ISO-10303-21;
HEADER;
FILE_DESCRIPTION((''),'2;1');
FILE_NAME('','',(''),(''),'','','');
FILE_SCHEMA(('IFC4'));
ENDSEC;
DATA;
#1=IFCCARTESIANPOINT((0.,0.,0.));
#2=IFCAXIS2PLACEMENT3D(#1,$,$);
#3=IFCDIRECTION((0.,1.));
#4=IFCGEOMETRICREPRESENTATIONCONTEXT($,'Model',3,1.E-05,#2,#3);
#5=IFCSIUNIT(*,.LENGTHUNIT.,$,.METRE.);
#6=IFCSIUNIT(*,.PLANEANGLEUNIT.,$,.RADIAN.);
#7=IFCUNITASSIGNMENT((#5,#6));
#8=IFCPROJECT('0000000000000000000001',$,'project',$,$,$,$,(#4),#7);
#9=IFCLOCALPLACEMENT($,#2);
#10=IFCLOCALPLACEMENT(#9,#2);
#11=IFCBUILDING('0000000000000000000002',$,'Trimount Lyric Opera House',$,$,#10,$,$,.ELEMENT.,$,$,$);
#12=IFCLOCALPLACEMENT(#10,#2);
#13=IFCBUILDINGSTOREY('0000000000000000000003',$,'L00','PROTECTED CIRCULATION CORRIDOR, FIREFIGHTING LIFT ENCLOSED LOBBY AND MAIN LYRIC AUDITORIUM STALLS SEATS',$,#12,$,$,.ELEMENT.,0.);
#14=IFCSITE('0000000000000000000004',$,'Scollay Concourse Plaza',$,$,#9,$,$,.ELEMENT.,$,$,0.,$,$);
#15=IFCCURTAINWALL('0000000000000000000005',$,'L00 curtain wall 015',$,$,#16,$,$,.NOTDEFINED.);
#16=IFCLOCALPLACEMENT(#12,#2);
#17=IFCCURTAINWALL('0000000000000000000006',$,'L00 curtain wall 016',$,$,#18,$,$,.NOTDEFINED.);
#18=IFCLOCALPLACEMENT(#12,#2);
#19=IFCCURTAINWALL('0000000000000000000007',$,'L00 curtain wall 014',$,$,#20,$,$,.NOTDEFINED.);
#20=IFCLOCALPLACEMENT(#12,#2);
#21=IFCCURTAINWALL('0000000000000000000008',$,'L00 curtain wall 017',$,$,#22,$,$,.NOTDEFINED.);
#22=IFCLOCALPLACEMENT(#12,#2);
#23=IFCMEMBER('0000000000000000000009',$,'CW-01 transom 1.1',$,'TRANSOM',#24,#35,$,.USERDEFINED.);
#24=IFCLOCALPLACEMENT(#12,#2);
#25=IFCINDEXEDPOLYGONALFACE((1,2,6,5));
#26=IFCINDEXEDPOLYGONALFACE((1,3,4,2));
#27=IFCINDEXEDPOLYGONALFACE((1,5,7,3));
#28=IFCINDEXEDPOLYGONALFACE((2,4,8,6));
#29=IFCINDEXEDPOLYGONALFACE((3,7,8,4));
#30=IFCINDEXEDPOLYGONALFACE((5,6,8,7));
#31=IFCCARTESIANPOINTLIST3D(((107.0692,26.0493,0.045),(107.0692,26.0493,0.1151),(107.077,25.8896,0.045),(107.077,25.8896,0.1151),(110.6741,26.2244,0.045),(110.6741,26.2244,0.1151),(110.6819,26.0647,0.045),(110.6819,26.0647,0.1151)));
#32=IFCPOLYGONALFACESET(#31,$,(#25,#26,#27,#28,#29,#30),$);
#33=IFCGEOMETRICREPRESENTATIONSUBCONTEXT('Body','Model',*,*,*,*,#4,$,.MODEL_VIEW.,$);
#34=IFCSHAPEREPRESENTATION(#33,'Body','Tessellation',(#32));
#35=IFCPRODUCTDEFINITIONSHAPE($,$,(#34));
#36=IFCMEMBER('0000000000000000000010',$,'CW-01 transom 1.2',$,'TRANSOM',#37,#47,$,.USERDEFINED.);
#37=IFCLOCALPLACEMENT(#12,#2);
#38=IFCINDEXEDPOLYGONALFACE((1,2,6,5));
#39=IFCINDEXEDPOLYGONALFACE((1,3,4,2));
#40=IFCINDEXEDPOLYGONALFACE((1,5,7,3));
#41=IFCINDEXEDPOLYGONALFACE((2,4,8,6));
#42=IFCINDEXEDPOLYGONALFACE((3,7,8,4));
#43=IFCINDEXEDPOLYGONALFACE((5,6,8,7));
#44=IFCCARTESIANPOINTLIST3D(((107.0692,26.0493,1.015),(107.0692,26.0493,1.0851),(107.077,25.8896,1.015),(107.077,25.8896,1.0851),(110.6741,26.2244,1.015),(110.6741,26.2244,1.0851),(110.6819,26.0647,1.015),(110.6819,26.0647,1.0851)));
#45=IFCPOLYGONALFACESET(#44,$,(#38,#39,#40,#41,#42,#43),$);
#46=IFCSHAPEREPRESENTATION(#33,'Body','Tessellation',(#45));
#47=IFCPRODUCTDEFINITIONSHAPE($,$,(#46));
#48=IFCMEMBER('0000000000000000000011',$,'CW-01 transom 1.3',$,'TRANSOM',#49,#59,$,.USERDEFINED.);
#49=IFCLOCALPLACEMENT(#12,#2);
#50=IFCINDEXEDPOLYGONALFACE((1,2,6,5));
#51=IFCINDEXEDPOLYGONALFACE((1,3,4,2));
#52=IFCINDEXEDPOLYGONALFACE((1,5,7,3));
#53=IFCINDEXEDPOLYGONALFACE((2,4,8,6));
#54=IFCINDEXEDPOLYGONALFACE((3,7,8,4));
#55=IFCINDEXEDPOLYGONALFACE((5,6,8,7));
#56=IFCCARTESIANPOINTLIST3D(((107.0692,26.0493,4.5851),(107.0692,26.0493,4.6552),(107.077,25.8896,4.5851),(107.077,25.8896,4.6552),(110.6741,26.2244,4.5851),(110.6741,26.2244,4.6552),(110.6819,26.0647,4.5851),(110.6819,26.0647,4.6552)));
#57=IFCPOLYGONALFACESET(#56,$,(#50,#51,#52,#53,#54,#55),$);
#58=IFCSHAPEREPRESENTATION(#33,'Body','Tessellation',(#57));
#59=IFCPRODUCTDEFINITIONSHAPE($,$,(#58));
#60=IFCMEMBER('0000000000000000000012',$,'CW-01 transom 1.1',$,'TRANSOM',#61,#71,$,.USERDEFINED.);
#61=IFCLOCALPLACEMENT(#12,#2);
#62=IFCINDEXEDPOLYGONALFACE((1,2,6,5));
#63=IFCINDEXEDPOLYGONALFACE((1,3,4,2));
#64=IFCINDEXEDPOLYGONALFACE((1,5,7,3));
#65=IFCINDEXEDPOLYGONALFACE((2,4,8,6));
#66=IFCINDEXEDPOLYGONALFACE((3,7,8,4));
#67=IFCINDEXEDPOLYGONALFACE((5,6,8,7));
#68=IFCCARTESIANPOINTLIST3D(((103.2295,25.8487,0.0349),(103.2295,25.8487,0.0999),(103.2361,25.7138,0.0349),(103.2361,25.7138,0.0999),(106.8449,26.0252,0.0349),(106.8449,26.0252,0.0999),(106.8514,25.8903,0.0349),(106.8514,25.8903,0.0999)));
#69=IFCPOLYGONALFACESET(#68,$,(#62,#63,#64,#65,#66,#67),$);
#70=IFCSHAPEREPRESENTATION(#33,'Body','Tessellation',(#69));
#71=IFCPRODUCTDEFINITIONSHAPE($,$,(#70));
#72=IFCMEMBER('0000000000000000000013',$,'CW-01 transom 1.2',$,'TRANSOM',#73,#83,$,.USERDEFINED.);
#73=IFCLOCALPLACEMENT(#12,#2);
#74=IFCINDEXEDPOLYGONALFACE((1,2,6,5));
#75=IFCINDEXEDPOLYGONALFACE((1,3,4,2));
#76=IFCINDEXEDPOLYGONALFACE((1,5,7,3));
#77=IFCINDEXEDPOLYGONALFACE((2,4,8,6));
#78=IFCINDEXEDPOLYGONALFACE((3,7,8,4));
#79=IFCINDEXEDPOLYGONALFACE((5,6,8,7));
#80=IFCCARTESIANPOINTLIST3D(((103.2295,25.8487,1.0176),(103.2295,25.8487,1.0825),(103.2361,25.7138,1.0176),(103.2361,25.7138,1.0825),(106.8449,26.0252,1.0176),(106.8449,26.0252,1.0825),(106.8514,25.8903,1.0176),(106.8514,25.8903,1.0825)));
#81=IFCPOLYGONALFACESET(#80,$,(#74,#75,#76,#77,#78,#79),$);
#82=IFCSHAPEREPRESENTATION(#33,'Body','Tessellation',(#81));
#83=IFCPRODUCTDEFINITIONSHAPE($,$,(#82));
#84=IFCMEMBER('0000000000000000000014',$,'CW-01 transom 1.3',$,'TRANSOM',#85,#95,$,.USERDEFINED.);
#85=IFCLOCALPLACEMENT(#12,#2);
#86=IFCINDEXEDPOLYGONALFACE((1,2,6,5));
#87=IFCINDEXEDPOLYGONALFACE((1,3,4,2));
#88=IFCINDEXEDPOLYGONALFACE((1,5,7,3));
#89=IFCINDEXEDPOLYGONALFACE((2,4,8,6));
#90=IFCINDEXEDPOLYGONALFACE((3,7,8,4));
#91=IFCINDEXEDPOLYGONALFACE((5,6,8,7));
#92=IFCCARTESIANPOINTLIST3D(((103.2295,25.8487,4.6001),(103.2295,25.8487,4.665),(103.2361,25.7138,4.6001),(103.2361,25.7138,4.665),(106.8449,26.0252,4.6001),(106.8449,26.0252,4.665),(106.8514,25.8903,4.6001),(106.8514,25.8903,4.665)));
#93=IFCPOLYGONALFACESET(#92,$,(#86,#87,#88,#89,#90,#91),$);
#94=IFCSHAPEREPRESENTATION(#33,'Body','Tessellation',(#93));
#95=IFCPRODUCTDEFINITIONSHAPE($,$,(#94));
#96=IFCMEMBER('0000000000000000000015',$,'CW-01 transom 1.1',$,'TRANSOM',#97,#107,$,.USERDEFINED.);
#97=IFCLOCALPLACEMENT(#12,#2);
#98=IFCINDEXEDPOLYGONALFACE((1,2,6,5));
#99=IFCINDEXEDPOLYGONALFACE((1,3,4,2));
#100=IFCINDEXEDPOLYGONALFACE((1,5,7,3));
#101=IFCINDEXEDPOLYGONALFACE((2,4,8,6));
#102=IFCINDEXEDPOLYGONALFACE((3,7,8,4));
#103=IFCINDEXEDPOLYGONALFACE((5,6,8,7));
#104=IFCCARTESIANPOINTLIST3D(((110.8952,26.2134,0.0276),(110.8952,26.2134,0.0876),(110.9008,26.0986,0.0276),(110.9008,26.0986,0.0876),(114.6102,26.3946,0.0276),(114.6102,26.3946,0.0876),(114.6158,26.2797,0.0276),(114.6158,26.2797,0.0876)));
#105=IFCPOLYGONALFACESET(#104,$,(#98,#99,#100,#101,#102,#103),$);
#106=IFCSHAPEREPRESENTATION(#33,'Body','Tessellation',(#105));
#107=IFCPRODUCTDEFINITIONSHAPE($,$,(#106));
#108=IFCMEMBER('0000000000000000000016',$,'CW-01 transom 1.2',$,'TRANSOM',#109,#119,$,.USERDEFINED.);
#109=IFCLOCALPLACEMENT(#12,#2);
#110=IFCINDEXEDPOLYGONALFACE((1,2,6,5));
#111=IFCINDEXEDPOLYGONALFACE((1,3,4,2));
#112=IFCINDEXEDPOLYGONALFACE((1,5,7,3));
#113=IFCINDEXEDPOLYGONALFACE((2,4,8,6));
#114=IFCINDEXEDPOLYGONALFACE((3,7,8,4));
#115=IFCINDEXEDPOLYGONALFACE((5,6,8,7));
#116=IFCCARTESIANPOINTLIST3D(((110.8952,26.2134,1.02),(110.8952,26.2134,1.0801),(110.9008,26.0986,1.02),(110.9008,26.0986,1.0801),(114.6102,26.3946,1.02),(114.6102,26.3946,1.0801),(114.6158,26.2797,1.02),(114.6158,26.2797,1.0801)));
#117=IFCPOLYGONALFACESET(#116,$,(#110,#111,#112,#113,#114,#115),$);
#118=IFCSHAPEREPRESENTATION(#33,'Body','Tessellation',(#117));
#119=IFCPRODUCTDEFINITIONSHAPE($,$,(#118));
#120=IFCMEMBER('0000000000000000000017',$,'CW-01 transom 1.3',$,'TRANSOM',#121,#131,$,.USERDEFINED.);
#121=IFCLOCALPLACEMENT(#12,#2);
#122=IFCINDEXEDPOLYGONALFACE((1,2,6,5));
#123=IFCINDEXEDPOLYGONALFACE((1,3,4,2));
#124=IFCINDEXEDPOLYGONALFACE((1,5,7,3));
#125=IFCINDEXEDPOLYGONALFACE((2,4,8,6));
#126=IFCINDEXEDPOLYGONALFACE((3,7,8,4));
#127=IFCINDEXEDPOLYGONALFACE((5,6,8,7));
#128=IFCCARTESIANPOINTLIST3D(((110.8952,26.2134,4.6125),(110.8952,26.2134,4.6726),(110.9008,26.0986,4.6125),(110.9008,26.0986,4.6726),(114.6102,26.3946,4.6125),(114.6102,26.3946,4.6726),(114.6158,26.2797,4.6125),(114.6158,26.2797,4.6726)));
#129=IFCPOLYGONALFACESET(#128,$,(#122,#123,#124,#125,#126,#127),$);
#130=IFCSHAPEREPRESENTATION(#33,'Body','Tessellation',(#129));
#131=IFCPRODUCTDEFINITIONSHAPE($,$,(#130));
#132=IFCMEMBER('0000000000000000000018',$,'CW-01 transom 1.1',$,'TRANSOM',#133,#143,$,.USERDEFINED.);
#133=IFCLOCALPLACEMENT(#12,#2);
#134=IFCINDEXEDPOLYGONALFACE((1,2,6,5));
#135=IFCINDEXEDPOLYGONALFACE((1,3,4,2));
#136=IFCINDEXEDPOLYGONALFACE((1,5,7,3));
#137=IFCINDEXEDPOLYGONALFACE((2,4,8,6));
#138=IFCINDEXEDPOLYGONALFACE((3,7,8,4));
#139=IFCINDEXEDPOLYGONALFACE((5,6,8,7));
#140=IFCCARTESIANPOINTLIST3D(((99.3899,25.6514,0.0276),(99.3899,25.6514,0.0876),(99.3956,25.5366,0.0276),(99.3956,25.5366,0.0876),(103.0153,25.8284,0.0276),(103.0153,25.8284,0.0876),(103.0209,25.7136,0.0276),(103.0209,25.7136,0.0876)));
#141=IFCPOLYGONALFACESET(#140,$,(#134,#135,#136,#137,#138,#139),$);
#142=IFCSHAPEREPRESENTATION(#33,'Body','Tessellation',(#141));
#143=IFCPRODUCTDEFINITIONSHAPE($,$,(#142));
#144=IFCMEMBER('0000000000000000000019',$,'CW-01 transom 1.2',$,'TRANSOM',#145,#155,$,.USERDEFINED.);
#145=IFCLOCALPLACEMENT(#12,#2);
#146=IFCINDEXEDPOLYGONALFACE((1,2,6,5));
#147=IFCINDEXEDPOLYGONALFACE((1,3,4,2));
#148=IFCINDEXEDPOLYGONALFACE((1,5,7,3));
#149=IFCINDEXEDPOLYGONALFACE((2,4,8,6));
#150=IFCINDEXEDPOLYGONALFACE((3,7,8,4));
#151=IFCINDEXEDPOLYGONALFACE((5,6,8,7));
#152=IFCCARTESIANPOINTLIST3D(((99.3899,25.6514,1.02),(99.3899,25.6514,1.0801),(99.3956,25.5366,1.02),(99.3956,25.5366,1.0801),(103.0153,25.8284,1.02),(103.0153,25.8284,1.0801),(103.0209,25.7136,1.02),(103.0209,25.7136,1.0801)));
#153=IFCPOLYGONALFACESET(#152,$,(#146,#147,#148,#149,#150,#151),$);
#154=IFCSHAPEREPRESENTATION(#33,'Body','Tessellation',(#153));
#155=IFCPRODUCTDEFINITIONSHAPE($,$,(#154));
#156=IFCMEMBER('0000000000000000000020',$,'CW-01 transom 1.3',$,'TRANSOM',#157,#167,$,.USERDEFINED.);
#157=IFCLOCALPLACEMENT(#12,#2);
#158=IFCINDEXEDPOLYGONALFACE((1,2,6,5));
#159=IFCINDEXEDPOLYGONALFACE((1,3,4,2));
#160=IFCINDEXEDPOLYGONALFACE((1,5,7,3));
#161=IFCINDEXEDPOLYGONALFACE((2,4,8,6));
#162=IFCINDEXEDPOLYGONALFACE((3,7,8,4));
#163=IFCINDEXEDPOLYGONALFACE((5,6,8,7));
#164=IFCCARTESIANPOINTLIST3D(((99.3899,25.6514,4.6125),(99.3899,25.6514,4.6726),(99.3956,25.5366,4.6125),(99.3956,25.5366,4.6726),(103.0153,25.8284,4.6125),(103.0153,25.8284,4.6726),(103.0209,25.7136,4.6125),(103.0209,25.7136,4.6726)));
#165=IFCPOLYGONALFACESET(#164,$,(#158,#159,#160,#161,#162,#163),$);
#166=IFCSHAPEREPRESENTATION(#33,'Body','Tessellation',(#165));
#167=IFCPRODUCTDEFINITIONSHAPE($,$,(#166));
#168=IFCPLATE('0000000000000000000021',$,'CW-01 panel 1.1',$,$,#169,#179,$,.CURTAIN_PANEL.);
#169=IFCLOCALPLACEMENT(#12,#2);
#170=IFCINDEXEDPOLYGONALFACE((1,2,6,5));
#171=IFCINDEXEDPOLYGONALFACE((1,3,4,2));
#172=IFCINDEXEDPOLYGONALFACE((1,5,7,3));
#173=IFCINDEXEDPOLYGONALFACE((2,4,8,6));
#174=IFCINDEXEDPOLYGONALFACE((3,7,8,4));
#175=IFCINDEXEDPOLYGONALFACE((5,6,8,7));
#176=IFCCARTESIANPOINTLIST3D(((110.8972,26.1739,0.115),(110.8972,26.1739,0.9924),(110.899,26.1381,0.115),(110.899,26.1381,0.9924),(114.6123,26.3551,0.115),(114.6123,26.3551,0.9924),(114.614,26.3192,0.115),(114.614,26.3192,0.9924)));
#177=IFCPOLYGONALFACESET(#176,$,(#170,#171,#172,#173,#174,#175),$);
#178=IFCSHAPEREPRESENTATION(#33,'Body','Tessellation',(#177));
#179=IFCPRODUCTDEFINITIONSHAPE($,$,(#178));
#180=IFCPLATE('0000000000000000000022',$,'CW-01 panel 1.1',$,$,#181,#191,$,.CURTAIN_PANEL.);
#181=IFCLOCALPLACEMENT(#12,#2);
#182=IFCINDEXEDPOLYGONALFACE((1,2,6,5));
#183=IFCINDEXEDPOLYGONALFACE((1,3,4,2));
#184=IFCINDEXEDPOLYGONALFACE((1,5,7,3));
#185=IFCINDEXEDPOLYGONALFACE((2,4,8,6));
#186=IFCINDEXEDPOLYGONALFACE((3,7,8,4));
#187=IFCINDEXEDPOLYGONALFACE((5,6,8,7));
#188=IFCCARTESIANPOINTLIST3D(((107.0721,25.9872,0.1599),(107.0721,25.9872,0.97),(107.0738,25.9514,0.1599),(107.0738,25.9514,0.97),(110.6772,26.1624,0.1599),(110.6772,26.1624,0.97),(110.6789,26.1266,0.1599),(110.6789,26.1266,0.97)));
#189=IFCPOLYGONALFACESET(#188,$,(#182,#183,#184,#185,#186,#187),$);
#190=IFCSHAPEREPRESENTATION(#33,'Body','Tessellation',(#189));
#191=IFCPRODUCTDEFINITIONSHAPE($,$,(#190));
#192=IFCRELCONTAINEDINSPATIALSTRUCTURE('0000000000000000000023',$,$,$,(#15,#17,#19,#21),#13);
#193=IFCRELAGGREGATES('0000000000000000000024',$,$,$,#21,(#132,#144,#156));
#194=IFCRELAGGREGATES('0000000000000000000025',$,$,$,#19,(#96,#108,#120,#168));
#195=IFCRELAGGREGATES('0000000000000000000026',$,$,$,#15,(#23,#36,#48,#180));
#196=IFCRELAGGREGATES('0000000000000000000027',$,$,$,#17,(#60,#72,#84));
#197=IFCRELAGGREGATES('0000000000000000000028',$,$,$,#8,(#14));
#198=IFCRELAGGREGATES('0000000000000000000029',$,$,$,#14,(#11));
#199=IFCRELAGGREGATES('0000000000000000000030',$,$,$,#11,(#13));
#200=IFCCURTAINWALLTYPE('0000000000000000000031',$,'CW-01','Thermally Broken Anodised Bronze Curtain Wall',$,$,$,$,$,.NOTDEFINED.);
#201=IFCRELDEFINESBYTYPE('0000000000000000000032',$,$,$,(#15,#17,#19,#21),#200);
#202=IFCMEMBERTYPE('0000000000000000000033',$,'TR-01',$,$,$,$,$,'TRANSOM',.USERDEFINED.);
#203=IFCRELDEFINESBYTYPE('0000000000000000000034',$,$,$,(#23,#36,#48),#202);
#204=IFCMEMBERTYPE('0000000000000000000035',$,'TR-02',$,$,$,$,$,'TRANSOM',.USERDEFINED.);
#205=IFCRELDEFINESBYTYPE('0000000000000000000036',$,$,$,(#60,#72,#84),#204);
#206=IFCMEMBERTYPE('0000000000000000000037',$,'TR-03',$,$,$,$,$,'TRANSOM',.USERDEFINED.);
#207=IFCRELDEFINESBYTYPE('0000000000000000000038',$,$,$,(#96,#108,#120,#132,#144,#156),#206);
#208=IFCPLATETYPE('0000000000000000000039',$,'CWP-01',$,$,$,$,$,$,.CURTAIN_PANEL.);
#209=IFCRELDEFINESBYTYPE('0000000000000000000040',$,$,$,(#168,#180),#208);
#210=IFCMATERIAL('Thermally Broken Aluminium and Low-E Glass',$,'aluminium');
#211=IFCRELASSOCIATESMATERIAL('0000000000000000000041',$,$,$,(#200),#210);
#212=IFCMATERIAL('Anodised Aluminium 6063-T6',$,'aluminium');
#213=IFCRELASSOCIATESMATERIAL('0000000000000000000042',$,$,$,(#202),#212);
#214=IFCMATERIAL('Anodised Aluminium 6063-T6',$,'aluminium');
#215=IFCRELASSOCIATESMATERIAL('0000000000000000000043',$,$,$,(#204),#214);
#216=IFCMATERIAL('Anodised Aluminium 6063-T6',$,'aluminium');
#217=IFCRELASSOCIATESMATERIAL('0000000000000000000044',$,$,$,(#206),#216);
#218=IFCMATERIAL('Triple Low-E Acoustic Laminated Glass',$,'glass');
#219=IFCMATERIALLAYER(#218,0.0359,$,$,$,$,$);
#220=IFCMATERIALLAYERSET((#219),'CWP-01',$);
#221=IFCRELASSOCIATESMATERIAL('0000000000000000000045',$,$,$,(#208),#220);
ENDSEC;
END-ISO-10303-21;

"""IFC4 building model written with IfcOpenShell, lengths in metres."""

from ifc_helpers import new_model, si_unit, direction, frame, origin, origin_2d, place, context, subcontext, project, spatial, rectangle, extrude, material, layer, layer_set, material_profile, profile_set, type_object, element, aggregate, save


model = new_model("IFC4")

# Units and contexts
model_context = context("Model", 3, precision=1e-05, world=origin(), true_north=direction((0.0, 1.0)))
body_context = subcontext(model_context, "Body", "Model", "MODEL_VIEW")
ifc_project = project(units=[si_unit("LENGTHUNIT", "METRE"), si_unit("PLANEANGLEUNIT", "RADIAN")], contexts=[model_context])

# Site, building, storey
site_placement = place(None, origin())
site = spatial("IfcSite", under=ifc_project, at=site_placement, Name="Scollay Concourse Plaza", CompositionType="ELEMENT", RefElevation=0.0)
building_placement = place(site_placement, origin())
building = spatial("IfcBuilding", under=site, at=building_placement, Name="Trimount Lyric Opera House", CompositionType="ELEMENT")
storey_placement = place(building_placement, origin())
storey = spatial("IfcBuildingStorey", under=building, at=storey_placement, Name="L00", Description="PROTECTED CIRCULATION CORRIDOR, FIREFIGHTING LIFT ENCLOSED LOBBY AND MAIN LYRIC AUDITORIUM STALLS SEATS", CompositionType="ELEMENT", Elevation=0.0)

# Curtain walls
ifc_material_1 = material(Name="Thermally Broken Aluminium and Low-E Glass", Category="aluminium")
curtain_wall_type = type_object("IfcCurtainWallType", Name="CW-01", Description="Thermally Broken Anodised Bronze Curtain Wall", PredefinedType="NOTDEFINED", material=ifc_material_1)
curtain_wall_1_placement = place(storey_placement, origin())
curtain_wall_1 = element("IfcCurtainWall", 1, at=curtain_wall_1_placement, inside=storey, type_object=curtain_wall_type, Name="L00 curtain wall 015", PredefinedType="NOTDEFINED")
curtain_wall_2_placement = place(storey_placement, origin())
curtain_wall_2 = element("IfcCurtainWall", 2, at=curtain_wall_2_placement, inside=storey, type_object=curtain_wall_type, Name="L00 curtain wall 016", PredefinedType="NOTDEFINED")
curtain_wall_3_placement = place(storey_placement, origin())
curtain_wall_3 = element("IfcCurtainWall", 3, at=curtain_wall_3_placement, inside=storey, type_object=curtain_wall_type, Name="L00 curtain wall 014", PredefinedType="NOTDEFINED")

# Curtain wall
curtain_wall_4_placement = place(storey_placement, origin())
curtain_wall_4 = element("IfcCurtainWall", 4, at=curtain_wall_4_placement, inside=storey, type_object=curtain_wall_type, Name="L00 curtain wall 017", PredefinedType="NOTDEFINED")

# Members
ifc_material_2 = material(Name="Anodised Aluminium 6063-T6", Category="aluminium")
ifc_material_profile_1 = material_profile(ifc_material_2, rectangle(XDim=0.1599, YDim=0.0701, at=origin_2d()), Name="ALU-TRAN-70X160")
ifc_profile_set_1 = profile_set([ifc_material_profile_1], Name="Anodised Aluminium 6063-T6")
member_type_1 = type_object("IfcMemberType", Name="TR-01", ElementType="TRANSOM", PredefinedType="USERDEFINED", material=ifc_profile_set_1)
member_1_placement = place(storey_placement, frame((110.678, 26.1445, 0.0801), z_axis=(-0.998823, -0.0485, 0.0), x_axis=(0.0485, -0.998823, 0.0)))
member_1 = element("IfcMember", 5, at=member_1_placement, type_object=member_type_1, Name="CW-01 transom 1.1", ObjectType="TRANSOM", PredefinedType="USERDEFINED", context=body_context, shape_type="SweptSolid", body=[
    extrude(rectangle(XDim=0.1599, YDim=0.0701, at=origin_2d()), origin(), (0.0, 0.0, 1.0), 3.6091),
])
member_2_placement = place(storey_placement, frame((110.678, 26.1445, 1.05), z_axis=(-0.998823, -0.0485, 0.0), x_axis=(0.0485, -0.998823, 0.0)))
member_2 = element("IfcMember", 6, at=member_2_placement, type_object=member_type_1, Name="CW-01 transom 1.2", ObjectType="TRANSOM", PredefinedType="USERDEFINED", context=body_context, shape_type="SweptSolid", body=[
    extrude(rectangle(XDim=0.1599, YDim=0.0701, at=origin_2d()), origin(), (0.0, 0.0, 1.0), 3.6091),
])
member_3_placement = place(storey_placement, frame((110.678, 26.1445, 4.6201), z_axis=(-0.998823, -0.0485, 0.0), x_axis=(0.0485, -0.998823, 0.0)))
member_3 = element("IfcMember", 7, at=member_3_placement, type_object=member_type_1, Name="CW-01 transom 1.3", ObjectType="TRANSOM", PredefinedType="USERDEFINED", context=body_context, shape_type="SweptSolid", body=[
    extrude(rectangle(XDim=0.1599, YDim=0.0701, at=origin_2d()), origin(), (0.0, 0.0, 1.0), 3.6091),
])
ifc_material_3 = material(Name="Anodised Aluminium 6063-T6", Category="aluminium")
ifc_material_profile_2 = material_profile(ifc_material_3, rectangle(XDim=0.135, YDim=0.0649, at=origin_2d()), Name="ALU-TRAN-65X135")
ifc_profile_set_2 = profile_set([ifc_material_profile_2], Name="Anodised Aluminium 6063-T6")
member_type_2 = type_object("IfcMemberType", Name="TR-02", ElementType="TRANSOM", PredefinedType="USERDEFINED", material=ifc_profile_set_2)
member_4_placement = place(storey_placement, frame((106.8481, 25.9578, 0.0674), z_axis=(-0.99881, -0.048767, 0.0), x_axis=(0.048767, -0.99881, 0.0)))
member_4 = element("IfcMember", 8, at=member_4_placement, type_object=member_type_2, Name="CW-01 transom 1.1", ObjectType="TRANSOM", PredefinedType="USERDEFINED", context=body_context, shape_type="SweptSolid", body=[
    extrude(rectangle(XDim=0.135, YDim=0.0649, at=origin_2d()), origin(), (0.0, 0.0, 1.0), 3.6196),
])
member_5_placement = place(storey_placement, frame((106.8481, 25.9578, 1.05), z_axis=(-0.99881, -0.048767, 0.0), x_axis=(0.048767, -0.99881, 0.0)))
member_5 = element("IfcMember", 9, at=member_5_placement, type_object=member_type_2, Name="CW-01 transom 1.2", ObjectType="TRANSOM", PredefinedType="USERDEFINED", context=body_context, shape_type="SweptSolid", body=[
    extrude(rectangle(XDim=0.135, YDim=0.0649, at=origin_2d()), origin(), (0.0, 0.0, 1.0), 3.6196),
])
member_6_placement = place(storey_placement, frame((106.8481, 25.9578, 4.6326), z_axis=(-0.99881, -0.048767, 0.0), x_axis=(0.048767, -0.99881, 0.0)))
member_6 = element("IfcMember", 10, at=member_6_placement, type_object=member_type_2, Name="CW-01 transom 1.3", ObjectType="TRANSOM", PredefinedType="USERDEFINED", context=body_context, shape_type="SweptSolid", body=[
    extrude(rectangle(XDim=0.135, YDim=0.0649, at=origin_2d()), origin(), (0.0, 0.0, 1.0), 3.6196),
])
ifc_material_4 = material(Name="Anodised Aluminium 6063-T6", Category="aluminium")
ifc_material_profile_3 = material_profile(ifc_material_4, rectangle(XDim=0.115, YDim=0.0601, at=origin_2d()), Name="ALU-TRAN-60X115")
ifc_profile_set_3 = profile_set([ifc_material_profile_3], Name="Anodised Aluminium 6063-T6")
member_type_3 = type_object("IfcMemberType", Name="TR-03", ElementType="TRANSOM", PredefinedType="USERDEFINED", material=ifc_profile_set_3)
member_7_placement = place(storey_placement, frame((114.613, 26.3372, 0.0576), z_axis=(-0.998813, -0.048703, 0.0), x_axis=(0.048703, -0.998813, 0.0)))
member_7 = element("IfcMember", 11, at=member_7_placement, type_object=member_type_3, Name="CW-01 transom 1.1", ObjectType="TRANSOM", PredefinedType="USERDEFINED", context=body_context, shape_type="SweptSolid", body=[
    extrude(rectangle(XDim=0.115, YDim=0.0601, at=origin_2d()), origin(), (0.0, 0.0, 1.0), 3.7195),
])
member_8_placement = place(storey_placement, frame((114.613, 26.3372, 1.05), z_axis=(-0.998813, -0.048703, 0.0), x_axis=(0.048703, -0.998813, 0.0)))
member_8 = element("IfcMember", 12, at=member_8_placement, type_object=member_type_3, Name="CW-01 transom 1.2", ObjectType="TRANSOM", PredefinedType="USERDEFINED", context=body_context, shape_type="SweptSolid", body=[
    extrude(rectangle(XDim=0.115, YDim=0.0601, at=origin_2d()), origin(), (0.0, 0.0, 1.0), 3.7195),
])
member_9_placement = place(storey_placement, frame((114.613, 26.3372, 4.6426), z_axis=(-0.998813, -0.048703, 0.0), x_axis=(0.048703, -0.998813, 0.0)))
member_9 = element("IfcMember", 13, at=member_9_placement, type_object=member_type_3, Name="CW-01 transom 1.3", ObjectType="TRANSOM", PredefinedType="USERDEFINED", context=body_context, shape_type="SweptSolid", body=[
    extrude(rectangle(XDim=0.115, YDim=0.0601, at=origin_2d()), origin(), (0.0, 0.0, 1.0), 3.7195),
])
member_10_placement = place(storey_placement, frame((103.0181, 25.771, 0.0576), z_axis=(-0.99881, -0.048767, 0.0), x_axis=(0.048767, -0.99881, 0.0)))
member_10 = element("IfcMember", 14, at=member_10_placement, type_object=member_type_3, Name="CW-01 transom 1.1", ObjectType="TRANSOM", PredefinedType="USERDEFINED", context=body_context, shape_type="SweptSolid", body=[
    extrude(rectangle(XDim=0.115, YDim=0.0601, at=origin_2d()), origin(), (0.0, 0.0, 1.0), 3.6296),
])
member_11_placement = place(storey_placement, frame((103.0181, 25.771, 1.05), z_axis=(-0.99881, -0.048767, 0.0), x_axis=(0.048767, -0.99881, 0.0)))
member_11 = element("IfcMember", 15, at=member_11_placement, type_object=member_type_3, Name="CW-01 transom 1.2", ObjectType="TRANSOM", PredefinedType="USERDEFINED", context=body_context, shape_type="SweptSolid", body=[
    extrude(rectangle(XDim=0.115, YDim=0.0601, at=origin_2d()), origin(), (0.0, 0.0, 1.0), 3.6296),
])
member_12_placement = place(storey_placement, frame((103.0181, 25.771, 4.6426), z_axis=(-0.99881, -0.048767, 0.0), x_axis=(0.048767, -0.99881, 0.0)))
member_12 = element("IfcMember", 16, at=member_12_placement, type_object=member_type_3, Name="CW-01 transom 1.3", ObjectType="TRANSOM", PredefinedType="USERDEFINED", context=body_context, shape_type="SweptSolid", body=[
    extrude(rectangle(XDim=0.115, YDim=0.0601, at=origin_2d()), origin(), (0.0, 0.0, 1.0), 3.6296),
])
aggregate(curtain_wall_4, [member_10, member_11, member_12])

# Plates
ifc_material_5 = material(Name="Triple Low-E Acoustic Laminated Glass", Category="glass")
ifc_layer_1 = layer(ifc_material_5, 0.0359)
ifc_layer_set_1 = layer_set([ifc_layer_1], Name="CWP-01")
plate_type_1 = type_object("IfcPlateType", Name="CWP-01", PredefinedType="CURTAIN_PANEL", material=ifc_layer_set_1)
plate_1_placement = place(storey_placement, frame((112.7556, 26.2466, 0.115), z_axis=(0.0, 0.0, 1.0), x_axis=(-0.998813, -0.048704, 0.0)))
plate_1 = element("IfcPlate", 17, at=plate_1_placement, type_object=plate_type_1, Name="CW-01 panel 1.1", PredefinedType="CURTAIN_PANEL", context=body_context, shape_type="SweptSolid", body=[
    extrude(rectangle(XDim=3.7195, YDim=0.0359, at=origin_2d()), origin(), (0.0, 0.0, 1.0), 0.8774),
])
plate_2_placement = place(storey_placement, frame((108.8755, 26.0569, 0.1599), z_axis=(0.0, 0.0, 1.0), x_axis=(-0.998821, -0.048541, 0.0)))
plate_2 = element("IfcPlate", 18, at=plate_2_placement, type_object=plate_type_1, Name="CW-01 panel 1.1", PredefinedType="CURTAIN_PANEL", context=body_context, shape_type="SweptSolid", body=[
    extrude(rectangle(XDim=3.6094, YDim=0.0359, at=origin_2d()), origin(), (0.0, 0.0, 1.0), 0.8101),
])
aggregate(curtain_wall_3, [member_7, member_8, member_9, plate_1])
aggregate(curtain_wall_1, [member_1, member_2, member_3, plate_2])
aggregate(curtain_wall_2, [member_4, member_5, member_6])

save(model, "model.ifc")
